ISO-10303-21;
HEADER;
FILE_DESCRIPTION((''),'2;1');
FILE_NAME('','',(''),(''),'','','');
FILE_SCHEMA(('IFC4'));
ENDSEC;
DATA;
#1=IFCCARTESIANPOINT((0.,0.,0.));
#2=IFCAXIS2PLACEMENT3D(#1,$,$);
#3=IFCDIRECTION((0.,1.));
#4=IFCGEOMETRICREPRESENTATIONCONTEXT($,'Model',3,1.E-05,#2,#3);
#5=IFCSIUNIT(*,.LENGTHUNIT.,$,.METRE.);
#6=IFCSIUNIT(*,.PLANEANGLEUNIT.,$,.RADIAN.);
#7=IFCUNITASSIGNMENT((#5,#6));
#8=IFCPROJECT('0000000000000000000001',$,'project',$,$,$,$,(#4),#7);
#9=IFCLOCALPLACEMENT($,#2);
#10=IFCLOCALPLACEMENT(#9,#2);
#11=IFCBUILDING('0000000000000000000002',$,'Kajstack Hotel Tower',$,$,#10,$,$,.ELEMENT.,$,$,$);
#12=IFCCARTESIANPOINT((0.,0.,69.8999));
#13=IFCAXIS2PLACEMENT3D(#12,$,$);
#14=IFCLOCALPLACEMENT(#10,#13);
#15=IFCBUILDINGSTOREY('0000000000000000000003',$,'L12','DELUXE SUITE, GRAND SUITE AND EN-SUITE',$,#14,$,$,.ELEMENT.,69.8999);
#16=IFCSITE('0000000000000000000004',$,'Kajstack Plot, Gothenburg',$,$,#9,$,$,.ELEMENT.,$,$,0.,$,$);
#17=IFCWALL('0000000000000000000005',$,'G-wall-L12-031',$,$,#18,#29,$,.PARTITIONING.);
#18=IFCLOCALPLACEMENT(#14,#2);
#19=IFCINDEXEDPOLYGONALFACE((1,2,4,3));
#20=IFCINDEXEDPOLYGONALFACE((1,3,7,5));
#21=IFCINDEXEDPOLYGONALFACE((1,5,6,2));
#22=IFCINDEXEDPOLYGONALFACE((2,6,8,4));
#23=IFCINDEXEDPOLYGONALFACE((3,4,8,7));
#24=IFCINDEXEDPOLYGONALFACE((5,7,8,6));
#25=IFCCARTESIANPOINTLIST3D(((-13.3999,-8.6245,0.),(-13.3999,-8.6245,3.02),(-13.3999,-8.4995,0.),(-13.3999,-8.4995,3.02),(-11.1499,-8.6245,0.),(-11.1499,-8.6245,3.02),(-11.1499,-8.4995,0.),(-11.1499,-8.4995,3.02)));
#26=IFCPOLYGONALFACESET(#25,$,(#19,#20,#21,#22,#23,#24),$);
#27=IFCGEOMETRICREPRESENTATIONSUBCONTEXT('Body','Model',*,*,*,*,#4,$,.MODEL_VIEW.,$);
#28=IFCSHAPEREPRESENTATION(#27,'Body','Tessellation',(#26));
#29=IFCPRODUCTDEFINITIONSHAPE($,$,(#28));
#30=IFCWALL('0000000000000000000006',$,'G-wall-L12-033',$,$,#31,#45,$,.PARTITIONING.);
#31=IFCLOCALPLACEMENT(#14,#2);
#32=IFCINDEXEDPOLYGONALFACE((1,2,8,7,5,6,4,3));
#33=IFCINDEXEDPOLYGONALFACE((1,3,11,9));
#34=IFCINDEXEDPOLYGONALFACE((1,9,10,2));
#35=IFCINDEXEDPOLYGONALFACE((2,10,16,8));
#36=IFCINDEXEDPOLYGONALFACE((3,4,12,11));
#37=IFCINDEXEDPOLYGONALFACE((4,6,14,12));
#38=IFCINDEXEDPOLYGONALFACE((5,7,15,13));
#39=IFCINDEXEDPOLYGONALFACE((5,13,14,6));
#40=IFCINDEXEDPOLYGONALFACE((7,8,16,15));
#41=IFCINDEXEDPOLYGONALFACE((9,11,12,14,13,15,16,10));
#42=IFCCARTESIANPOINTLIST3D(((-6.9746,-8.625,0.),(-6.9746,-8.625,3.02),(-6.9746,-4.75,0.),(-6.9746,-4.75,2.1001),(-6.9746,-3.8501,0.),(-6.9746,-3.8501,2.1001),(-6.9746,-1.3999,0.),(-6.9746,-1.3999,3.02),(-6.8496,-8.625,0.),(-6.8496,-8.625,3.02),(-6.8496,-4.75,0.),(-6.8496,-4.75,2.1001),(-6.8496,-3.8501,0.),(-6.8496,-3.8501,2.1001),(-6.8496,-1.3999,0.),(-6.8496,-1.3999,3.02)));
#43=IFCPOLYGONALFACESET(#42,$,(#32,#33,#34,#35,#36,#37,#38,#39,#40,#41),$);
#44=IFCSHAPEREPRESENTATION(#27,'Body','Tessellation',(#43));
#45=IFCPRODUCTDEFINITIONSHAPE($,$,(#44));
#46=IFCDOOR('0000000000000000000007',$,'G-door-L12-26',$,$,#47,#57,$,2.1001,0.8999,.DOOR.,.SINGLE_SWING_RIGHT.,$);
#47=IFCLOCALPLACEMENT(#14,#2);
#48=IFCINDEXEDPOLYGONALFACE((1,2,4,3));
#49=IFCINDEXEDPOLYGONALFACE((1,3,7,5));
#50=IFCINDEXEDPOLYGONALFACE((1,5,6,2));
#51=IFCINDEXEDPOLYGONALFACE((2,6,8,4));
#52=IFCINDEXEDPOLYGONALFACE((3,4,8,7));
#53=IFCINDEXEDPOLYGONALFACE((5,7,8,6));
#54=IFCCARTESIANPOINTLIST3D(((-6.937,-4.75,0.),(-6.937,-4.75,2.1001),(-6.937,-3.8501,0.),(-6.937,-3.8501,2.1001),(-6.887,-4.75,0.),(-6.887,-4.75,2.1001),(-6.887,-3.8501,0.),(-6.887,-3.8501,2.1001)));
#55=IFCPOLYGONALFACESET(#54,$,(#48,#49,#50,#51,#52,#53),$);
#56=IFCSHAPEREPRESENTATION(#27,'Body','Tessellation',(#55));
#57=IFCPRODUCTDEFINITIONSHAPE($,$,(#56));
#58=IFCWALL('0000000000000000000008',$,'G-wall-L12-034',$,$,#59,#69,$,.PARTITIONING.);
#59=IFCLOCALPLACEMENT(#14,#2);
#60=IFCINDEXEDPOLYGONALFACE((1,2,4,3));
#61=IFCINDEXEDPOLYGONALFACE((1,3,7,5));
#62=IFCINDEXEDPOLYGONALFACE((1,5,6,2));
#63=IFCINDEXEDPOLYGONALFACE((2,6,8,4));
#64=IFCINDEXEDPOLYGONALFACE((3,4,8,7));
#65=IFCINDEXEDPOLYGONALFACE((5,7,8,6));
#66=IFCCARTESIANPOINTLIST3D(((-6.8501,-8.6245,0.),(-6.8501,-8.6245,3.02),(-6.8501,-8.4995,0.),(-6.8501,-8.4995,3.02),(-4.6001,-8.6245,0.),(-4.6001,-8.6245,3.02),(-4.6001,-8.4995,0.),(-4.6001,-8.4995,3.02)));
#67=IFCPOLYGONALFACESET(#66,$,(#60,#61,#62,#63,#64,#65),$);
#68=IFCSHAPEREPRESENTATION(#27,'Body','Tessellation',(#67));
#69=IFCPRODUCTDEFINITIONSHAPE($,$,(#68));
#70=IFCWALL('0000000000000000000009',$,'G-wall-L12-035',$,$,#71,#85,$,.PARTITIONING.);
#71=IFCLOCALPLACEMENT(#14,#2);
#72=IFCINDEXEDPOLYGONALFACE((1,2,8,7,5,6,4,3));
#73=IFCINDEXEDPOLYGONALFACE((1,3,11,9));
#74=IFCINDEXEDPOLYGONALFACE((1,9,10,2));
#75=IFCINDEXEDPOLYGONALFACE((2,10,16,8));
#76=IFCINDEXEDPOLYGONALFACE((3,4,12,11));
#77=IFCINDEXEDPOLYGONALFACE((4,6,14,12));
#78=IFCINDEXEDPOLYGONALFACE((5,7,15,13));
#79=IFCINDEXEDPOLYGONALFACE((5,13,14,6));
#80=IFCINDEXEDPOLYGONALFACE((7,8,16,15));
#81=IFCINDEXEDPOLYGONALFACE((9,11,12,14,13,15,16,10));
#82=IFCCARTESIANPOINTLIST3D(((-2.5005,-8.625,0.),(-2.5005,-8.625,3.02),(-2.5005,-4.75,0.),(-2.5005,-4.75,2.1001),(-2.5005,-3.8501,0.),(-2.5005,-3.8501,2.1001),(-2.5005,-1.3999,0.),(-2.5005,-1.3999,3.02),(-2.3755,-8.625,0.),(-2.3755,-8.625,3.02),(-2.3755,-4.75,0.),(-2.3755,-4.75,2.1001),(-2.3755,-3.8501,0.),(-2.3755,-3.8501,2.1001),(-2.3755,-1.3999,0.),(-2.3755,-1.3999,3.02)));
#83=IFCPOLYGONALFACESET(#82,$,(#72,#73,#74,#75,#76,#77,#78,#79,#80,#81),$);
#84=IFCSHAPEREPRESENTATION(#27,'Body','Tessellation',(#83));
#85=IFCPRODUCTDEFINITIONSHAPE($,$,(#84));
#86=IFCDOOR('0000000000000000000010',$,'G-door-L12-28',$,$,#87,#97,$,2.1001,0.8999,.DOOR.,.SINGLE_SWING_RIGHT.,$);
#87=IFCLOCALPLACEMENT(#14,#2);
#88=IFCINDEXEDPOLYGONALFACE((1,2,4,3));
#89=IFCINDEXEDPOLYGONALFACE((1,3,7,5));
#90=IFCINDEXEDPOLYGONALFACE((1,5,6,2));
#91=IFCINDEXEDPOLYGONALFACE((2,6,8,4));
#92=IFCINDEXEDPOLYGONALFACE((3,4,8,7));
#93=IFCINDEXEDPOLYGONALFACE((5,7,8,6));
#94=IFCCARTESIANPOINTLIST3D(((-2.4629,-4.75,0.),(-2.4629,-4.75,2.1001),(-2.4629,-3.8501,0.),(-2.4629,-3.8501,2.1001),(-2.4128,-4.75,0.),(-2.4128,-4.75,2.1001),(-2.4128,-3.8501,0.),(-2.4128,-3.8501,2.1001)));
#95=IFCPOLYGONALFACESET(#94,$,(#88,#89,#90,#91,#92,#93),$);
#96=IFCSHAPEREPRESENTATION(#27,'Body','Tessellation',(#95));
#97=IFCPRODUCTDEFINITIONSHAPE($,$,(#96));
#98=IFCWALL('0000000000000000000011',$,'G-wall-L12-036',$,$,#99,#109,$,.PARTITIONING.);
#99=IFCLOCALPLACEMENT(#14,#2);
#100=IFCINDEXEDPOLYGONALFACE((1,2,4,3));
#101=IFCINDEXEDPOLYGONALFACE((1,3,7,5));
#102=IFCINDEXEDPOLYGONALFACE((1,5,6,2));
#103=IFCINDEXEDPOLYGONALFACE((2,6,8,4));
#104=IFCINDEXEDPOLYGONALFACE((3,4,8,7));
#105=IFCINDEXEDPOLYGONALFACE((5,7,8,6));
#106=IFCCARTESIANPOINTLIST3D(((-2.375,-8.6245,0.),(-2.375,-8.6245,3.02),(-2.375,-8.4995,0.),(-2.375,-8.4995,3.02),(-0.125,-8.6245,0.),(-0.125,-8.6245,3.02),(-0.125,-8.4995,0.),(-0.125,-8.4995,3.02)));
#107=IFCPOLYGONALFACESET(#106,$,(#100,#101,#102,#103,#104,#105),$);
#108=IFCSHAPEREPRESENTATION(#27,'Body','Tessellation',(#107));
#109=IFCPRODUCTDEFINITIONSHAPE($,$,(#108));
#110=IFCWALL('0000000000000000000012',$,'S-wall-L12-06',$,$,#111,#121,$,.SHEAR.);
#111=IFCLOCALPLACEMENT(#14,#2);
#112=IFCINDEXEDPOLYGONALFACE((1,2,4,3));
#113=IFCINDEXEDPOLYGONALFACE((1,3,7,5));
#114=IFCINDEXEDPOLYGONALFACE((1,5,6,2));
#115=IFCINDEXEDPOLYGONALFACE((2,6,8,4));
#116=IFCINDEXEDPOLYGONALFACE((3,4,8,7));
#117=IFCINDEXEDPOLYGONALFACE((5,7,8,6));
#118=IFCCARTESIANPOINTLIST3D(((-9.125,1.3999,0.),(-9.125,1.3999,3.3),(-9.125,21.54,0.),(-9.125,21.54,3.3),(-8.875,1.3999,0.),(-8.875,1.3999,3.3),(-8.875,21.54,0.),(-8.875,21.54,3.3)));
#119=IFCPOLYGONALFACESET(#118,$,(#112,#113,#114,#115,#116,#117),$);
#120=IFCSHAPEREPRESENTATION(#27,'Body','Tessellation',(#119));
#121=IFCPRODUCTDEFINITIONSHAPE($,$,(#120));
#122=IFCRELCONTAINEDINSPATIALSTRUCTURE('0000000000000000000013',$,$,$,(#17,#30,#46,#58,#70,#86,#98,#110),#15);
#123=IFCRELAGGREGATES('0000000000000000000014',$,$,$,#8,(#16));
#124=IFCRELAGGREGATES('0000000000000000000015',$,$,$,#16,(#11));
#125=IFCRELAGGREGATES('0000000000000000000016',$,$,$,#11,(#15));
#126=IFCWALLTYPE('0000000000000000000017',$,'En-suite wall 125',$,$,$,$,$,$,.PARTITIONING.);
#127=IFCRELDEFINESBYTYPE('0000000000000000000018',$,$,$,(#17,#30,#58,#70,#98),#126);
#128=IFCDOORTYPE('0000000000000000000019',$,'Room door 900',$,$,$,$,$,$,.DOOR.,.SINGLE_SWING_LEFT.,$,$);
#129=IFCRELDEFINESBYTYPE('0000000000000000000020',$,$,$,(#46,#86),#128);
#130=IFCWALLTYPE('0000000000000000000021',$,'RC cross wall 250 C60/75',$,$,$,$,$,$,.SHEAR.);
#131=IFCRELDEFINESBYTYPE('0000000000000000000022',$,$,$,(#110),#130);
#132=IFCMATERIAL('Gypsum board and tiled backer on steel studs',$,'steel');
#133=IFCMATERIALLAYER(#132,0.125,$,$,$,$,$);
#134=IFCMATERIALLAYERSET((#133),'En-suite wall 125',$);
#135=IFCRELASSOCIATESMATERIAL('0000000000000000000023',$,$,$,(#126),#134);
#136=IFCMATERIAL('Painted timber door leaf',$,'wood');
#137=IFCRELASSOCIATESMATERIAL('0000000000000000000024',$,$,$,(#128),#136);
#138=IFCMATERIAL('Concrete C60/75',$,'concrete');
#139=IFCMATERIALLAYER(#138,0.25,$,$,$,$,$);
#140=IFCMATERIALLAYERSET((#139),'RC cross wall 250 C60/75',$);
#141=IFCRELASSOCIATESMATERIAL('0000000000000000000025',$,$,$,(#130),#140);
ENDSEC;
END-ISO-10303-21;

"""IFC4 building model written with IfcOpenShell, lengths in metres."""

from ifc_helpers import new_model, si_unit, direction, frame, frame_2d, origin, place, context, subcontext, project, spatial, rectangle, extrude, material, layer, layer_set, type_object, element, fill, save


model = new_model("IFC4")

# Units and contexts
model_context = context("Model", 3, precision=1e-05, world=origin(), true_north=direction((0.0, 1.0)))
body_context = subcontext(model_context, "Body", "Model", "MODEL_VIEW")
ifc_project = project(units=[si_unit("LENGTHUNIT", "METRE"), si_unit("PLANEANGLEUNIT", "RADIAN")], contexts=[model_context])

# Site, building, storey
site_placement = place(None, origin())
site = spatial("IfcSite", under=ifc_project, at=site_placement, Name="Kajstack Plot, Gothenburg", CompositionType="ELEMENT", RefElevation=0.0)
building_placement = place(site_placement, origin())
building = spatial("IfcBuilding", under=site, at=building_placement, Name="Kajstack Hotel Tower", CompositionType="ELEMENT")
storey_placement = place(building_placement, frame((0.0, 0.0, 69.8999)))
storey = spatial("IfcBuildingStorey", under=building, at=storey_placement, Name="L12", Description="DELUXE SUITE, GRAND SUITE AND EN-SUITE", CompositionType="ELEMENT", Elevation=69.8999)

# Wall
ifc_material_1 = material(Name="Gypsum board and tiled backer on steel studs", Category="steel")
ifc_layer_1 = layer(ifc_material_1, 0.125)
ifc_layer_set_1 = layer_set([ifc_layer_1], Name="En-suite wall 125")
wall_type_1 = type_object("IfcWallType", Name="En-suite wall 125", PredefinedType="PARTITIONING", material=ifc_layer_set_1)
wall_1_placement = place(storey_placement, frame((-13.3999, -8.562, 0.0), z_axis=(0.0, 0.0, 1.0), x_axis=(1.0, 0.0, 0.0)))
element("IfcWall", 1, at=wall_1_placement, inside=storey, type_object=wall_type_1, Name="G-wall-L12-031", PredefinedType="PARTITIONING", context=body_context, shape_type="SweptSolid", body=[
    extrude(rectangle(XDim=2.25, YDim=0.125, at=frame_2d((1.125, 0.0))), origin(), (0.0, 0.0, 1.0), 3.02),
])

# Wall, opening, door
wall_2_placement = place(storey_placement, frame((-6.9121, -8.625, 0.0), z_axis=(0.0, 0.0, 1.0), x_axis=(0.0, 1.0, 0.0)))
wall_2 = element("IfcWall", 2, at=wall_2_placement, inside=storey, type_object=wall_type_1, Name="G-wall-L12-033", PredefinedType="PARTITIONING", context=body_context, shape_type="SweptSolid", body=[
    extrude(rectangle(XDim=7.2251, YDim=0.125, at=frame_2d((3.6125, 0.0))), origin(), (0.0, 0.0, 1.0), 3.02),
])
opening_1_placement = place(wall_2_placement, frame((3.875, 0.0, 0.0)))
opening_1 = element("IfcOpeningElement", 3, at=opening_1_placement, cuts=wall_2, PredefinedType="OPENING", context=body_context, shape_type="SweptSolid", body=[
    extrude(rectangle(XDim=0.8999, YDim=2.1001, at=frame_2d((0.45, 1.05))), frame((0.0, 0.0725, 0.0), z_axis=(0.0, -1.0, 0.0), x_axis=(1.0, 0.0, 0.0)), (0.0, 0.0, 1.0), 0.145),
])
ifc_material_2 = material(Name="Painted timber door leaf", Category="wood")
door_type_1 = type_object("IfcDoorType", Name="Room door 900", OperationType="SINGLE_SWING_LEFT", PredefinedType="DOOR", material=ifc_material_2)
door_1_placement = place(opening_1_placement, origin())
door_1 = element("IfcDoor", 4, at=door_1_placement, inside=storey, type_object=door_type_1, Name="G-door-L12-26", OperationType="SINGLE_SWING_RIGHT", OverallHeight=2.1001, OverallWidth=0.8999, PredefinedType="DOOR", context=body_context, shape_type="SweptSolid", body=[
    extrude(rectangle(XDim=0.8999, YDim=2.1001, at=frame_2d((0.45, 1.05))), frame((0.0, 0.0249, 0.0), z_axis=(0.0, -1.0, 0.0), x_axis=(1.0, 0.0, 0.0)), (0.0, 0.0, 1.0), 0.05),
])
fill(opening_1, door_1)

# Wall
wall_3_placement = place(storey_placement, frame((-6.8501, -8.562, 0.0), z_axis=(0.0, 0.0, 1.0), x_axis=(1.0, 0.0, 0.0)))
element("IfcWall", 5, at=wall_3_placement, inside=storey, type_object=wall_type_1, Name="G-wall-L12-034", PredefinedType="PARTITIONING", context=body_context, shape_type="SweptSolid", body=[
    extrude(rectangle(XDim=2.25, YDim=0.125, at=frame_2d((1.125, 0.0))), origin(), (0.0, 0.0, 1.0), 3.02),
])

# Wall, opening, door
wall_4_placement = place(storey_placement, frame((-2.438, -8.625, 0.0), z_axis=(0.0, 0.0, 1.0), x_axis=(0.0, 1.0, 0.0)))
wall_4 = element("IfcWall", 6, at=wall_4_placement, inside=storey, type_object=wall_type_1, Name="G-wall-L12-035", PredefinedType="PARTITIONING", context=body_context, shape_type="SweptSolid", body=[
    extrude(rectangle(XDim=7.2251, YDim=0.125, at=frame_2d((3.6125, 0.0))), origin(), (0.0, 0.0, 1.0), 3.02),
])
opening_2_placement = place(wall_4_placement, frame((3.875, 0.0, 0.0)))
opening_2 = element("IfcOpeningElement", 7, at=opening_2_placement, cuts=wall_4, PredefinedType="OPENING", context=body_context, shape_type="SweptSolid", body=[
    extrude(rectangle(XDim=0.8999, YDim=2.1001, at=frame_2d((0.45, 1.05))), frame((0.0, 0.0725, 0.0), z_axis=(0.0, -1.0, 0.0), x_axis=(1.0, 0.0, 0.0)), (0.0, 0.0, 1.0), 0.145),
])
door_2_placement = place(opening_2_placement, origin())
door_2 = element("IfcDoor", 8, at=door_2_placement, inside=storey, type_object=door_type_1, Name="G-door-L12-28", OperationType="SINGLE_SWING_RIGHT", OverallHeight=2.1001, OverallWidth=0.8999, PredefinedType="DOOR", context=body_context, shape_type="SweptSolid", body=[
    extrude(rectangle(XDim=0.8999, YDim=2.1001, at=frame_2d((0.45, 1.05))), frame((0.0, 0.0249, 0.0), z_axis=(0.0, -1.0, 0.0), x_axis=(1.0, 0.0, 0.0)), (0.0, 0.0, 1.0), 0.05),
])
fill(opening_2, door_2)

# Walls
wall_5_placement = place(storey_placement, frame((-2.375, -8.562, 0.0), z_axis=(0.0, 0.0, 1.0), x_axis=(1.0, 0.0, 0.0)))
element("IfcWall", 9, at=wall_5_placement, inside=storey, type_object=wall_type_1, Name="G-wall-L12-036", PredefinedType="PARTITIONING", context=body_context, shape_type="SweptSolid", body=[
    extrude(rectangle(XDim=2.25, YDim=0.125, at=frame_2d((1.125, 0.0))), origin(), (0.0, 0.0, 1.0), 3.02),
])
ifc_material_3 = material(Name="Concrete C60/75", Category="concrete")
ifc_layer_2 = layer(ifc_material_3, 0.25)
ifc_layer_set_2 = layer_set([ifc_layer_2], Name="RC cross wall 250 C60/75")
wall_type_2 = type_object("IfcWallType", Name="RC cross wall 250 C60/75", PredefinedType="SHEAR", material=ifc_layer_set_2)
wall_6_placement = place(storey_placement, frame((-9.0, 1.3999, 0.0), z_axis=(0.0, 0.0, 1.0), x_axis=(0.0, 1.0, 0.0)))
element("IfcWall", 10, at=wall_6_placement, inside=storey, type_object=wall_type_2, Name="S-wall-L12-06", PredefinedType="SHEAR", context=body_context, shape_type="SweptSolid", body=[
    extrude(rectangle(XDim=20.1401, YDim=0.25, at=frame_2d((10.0701, 0.0))), origin(), (0.0, 0.0, 1.0), 3.3),
])

save(model, "model.ifc")
